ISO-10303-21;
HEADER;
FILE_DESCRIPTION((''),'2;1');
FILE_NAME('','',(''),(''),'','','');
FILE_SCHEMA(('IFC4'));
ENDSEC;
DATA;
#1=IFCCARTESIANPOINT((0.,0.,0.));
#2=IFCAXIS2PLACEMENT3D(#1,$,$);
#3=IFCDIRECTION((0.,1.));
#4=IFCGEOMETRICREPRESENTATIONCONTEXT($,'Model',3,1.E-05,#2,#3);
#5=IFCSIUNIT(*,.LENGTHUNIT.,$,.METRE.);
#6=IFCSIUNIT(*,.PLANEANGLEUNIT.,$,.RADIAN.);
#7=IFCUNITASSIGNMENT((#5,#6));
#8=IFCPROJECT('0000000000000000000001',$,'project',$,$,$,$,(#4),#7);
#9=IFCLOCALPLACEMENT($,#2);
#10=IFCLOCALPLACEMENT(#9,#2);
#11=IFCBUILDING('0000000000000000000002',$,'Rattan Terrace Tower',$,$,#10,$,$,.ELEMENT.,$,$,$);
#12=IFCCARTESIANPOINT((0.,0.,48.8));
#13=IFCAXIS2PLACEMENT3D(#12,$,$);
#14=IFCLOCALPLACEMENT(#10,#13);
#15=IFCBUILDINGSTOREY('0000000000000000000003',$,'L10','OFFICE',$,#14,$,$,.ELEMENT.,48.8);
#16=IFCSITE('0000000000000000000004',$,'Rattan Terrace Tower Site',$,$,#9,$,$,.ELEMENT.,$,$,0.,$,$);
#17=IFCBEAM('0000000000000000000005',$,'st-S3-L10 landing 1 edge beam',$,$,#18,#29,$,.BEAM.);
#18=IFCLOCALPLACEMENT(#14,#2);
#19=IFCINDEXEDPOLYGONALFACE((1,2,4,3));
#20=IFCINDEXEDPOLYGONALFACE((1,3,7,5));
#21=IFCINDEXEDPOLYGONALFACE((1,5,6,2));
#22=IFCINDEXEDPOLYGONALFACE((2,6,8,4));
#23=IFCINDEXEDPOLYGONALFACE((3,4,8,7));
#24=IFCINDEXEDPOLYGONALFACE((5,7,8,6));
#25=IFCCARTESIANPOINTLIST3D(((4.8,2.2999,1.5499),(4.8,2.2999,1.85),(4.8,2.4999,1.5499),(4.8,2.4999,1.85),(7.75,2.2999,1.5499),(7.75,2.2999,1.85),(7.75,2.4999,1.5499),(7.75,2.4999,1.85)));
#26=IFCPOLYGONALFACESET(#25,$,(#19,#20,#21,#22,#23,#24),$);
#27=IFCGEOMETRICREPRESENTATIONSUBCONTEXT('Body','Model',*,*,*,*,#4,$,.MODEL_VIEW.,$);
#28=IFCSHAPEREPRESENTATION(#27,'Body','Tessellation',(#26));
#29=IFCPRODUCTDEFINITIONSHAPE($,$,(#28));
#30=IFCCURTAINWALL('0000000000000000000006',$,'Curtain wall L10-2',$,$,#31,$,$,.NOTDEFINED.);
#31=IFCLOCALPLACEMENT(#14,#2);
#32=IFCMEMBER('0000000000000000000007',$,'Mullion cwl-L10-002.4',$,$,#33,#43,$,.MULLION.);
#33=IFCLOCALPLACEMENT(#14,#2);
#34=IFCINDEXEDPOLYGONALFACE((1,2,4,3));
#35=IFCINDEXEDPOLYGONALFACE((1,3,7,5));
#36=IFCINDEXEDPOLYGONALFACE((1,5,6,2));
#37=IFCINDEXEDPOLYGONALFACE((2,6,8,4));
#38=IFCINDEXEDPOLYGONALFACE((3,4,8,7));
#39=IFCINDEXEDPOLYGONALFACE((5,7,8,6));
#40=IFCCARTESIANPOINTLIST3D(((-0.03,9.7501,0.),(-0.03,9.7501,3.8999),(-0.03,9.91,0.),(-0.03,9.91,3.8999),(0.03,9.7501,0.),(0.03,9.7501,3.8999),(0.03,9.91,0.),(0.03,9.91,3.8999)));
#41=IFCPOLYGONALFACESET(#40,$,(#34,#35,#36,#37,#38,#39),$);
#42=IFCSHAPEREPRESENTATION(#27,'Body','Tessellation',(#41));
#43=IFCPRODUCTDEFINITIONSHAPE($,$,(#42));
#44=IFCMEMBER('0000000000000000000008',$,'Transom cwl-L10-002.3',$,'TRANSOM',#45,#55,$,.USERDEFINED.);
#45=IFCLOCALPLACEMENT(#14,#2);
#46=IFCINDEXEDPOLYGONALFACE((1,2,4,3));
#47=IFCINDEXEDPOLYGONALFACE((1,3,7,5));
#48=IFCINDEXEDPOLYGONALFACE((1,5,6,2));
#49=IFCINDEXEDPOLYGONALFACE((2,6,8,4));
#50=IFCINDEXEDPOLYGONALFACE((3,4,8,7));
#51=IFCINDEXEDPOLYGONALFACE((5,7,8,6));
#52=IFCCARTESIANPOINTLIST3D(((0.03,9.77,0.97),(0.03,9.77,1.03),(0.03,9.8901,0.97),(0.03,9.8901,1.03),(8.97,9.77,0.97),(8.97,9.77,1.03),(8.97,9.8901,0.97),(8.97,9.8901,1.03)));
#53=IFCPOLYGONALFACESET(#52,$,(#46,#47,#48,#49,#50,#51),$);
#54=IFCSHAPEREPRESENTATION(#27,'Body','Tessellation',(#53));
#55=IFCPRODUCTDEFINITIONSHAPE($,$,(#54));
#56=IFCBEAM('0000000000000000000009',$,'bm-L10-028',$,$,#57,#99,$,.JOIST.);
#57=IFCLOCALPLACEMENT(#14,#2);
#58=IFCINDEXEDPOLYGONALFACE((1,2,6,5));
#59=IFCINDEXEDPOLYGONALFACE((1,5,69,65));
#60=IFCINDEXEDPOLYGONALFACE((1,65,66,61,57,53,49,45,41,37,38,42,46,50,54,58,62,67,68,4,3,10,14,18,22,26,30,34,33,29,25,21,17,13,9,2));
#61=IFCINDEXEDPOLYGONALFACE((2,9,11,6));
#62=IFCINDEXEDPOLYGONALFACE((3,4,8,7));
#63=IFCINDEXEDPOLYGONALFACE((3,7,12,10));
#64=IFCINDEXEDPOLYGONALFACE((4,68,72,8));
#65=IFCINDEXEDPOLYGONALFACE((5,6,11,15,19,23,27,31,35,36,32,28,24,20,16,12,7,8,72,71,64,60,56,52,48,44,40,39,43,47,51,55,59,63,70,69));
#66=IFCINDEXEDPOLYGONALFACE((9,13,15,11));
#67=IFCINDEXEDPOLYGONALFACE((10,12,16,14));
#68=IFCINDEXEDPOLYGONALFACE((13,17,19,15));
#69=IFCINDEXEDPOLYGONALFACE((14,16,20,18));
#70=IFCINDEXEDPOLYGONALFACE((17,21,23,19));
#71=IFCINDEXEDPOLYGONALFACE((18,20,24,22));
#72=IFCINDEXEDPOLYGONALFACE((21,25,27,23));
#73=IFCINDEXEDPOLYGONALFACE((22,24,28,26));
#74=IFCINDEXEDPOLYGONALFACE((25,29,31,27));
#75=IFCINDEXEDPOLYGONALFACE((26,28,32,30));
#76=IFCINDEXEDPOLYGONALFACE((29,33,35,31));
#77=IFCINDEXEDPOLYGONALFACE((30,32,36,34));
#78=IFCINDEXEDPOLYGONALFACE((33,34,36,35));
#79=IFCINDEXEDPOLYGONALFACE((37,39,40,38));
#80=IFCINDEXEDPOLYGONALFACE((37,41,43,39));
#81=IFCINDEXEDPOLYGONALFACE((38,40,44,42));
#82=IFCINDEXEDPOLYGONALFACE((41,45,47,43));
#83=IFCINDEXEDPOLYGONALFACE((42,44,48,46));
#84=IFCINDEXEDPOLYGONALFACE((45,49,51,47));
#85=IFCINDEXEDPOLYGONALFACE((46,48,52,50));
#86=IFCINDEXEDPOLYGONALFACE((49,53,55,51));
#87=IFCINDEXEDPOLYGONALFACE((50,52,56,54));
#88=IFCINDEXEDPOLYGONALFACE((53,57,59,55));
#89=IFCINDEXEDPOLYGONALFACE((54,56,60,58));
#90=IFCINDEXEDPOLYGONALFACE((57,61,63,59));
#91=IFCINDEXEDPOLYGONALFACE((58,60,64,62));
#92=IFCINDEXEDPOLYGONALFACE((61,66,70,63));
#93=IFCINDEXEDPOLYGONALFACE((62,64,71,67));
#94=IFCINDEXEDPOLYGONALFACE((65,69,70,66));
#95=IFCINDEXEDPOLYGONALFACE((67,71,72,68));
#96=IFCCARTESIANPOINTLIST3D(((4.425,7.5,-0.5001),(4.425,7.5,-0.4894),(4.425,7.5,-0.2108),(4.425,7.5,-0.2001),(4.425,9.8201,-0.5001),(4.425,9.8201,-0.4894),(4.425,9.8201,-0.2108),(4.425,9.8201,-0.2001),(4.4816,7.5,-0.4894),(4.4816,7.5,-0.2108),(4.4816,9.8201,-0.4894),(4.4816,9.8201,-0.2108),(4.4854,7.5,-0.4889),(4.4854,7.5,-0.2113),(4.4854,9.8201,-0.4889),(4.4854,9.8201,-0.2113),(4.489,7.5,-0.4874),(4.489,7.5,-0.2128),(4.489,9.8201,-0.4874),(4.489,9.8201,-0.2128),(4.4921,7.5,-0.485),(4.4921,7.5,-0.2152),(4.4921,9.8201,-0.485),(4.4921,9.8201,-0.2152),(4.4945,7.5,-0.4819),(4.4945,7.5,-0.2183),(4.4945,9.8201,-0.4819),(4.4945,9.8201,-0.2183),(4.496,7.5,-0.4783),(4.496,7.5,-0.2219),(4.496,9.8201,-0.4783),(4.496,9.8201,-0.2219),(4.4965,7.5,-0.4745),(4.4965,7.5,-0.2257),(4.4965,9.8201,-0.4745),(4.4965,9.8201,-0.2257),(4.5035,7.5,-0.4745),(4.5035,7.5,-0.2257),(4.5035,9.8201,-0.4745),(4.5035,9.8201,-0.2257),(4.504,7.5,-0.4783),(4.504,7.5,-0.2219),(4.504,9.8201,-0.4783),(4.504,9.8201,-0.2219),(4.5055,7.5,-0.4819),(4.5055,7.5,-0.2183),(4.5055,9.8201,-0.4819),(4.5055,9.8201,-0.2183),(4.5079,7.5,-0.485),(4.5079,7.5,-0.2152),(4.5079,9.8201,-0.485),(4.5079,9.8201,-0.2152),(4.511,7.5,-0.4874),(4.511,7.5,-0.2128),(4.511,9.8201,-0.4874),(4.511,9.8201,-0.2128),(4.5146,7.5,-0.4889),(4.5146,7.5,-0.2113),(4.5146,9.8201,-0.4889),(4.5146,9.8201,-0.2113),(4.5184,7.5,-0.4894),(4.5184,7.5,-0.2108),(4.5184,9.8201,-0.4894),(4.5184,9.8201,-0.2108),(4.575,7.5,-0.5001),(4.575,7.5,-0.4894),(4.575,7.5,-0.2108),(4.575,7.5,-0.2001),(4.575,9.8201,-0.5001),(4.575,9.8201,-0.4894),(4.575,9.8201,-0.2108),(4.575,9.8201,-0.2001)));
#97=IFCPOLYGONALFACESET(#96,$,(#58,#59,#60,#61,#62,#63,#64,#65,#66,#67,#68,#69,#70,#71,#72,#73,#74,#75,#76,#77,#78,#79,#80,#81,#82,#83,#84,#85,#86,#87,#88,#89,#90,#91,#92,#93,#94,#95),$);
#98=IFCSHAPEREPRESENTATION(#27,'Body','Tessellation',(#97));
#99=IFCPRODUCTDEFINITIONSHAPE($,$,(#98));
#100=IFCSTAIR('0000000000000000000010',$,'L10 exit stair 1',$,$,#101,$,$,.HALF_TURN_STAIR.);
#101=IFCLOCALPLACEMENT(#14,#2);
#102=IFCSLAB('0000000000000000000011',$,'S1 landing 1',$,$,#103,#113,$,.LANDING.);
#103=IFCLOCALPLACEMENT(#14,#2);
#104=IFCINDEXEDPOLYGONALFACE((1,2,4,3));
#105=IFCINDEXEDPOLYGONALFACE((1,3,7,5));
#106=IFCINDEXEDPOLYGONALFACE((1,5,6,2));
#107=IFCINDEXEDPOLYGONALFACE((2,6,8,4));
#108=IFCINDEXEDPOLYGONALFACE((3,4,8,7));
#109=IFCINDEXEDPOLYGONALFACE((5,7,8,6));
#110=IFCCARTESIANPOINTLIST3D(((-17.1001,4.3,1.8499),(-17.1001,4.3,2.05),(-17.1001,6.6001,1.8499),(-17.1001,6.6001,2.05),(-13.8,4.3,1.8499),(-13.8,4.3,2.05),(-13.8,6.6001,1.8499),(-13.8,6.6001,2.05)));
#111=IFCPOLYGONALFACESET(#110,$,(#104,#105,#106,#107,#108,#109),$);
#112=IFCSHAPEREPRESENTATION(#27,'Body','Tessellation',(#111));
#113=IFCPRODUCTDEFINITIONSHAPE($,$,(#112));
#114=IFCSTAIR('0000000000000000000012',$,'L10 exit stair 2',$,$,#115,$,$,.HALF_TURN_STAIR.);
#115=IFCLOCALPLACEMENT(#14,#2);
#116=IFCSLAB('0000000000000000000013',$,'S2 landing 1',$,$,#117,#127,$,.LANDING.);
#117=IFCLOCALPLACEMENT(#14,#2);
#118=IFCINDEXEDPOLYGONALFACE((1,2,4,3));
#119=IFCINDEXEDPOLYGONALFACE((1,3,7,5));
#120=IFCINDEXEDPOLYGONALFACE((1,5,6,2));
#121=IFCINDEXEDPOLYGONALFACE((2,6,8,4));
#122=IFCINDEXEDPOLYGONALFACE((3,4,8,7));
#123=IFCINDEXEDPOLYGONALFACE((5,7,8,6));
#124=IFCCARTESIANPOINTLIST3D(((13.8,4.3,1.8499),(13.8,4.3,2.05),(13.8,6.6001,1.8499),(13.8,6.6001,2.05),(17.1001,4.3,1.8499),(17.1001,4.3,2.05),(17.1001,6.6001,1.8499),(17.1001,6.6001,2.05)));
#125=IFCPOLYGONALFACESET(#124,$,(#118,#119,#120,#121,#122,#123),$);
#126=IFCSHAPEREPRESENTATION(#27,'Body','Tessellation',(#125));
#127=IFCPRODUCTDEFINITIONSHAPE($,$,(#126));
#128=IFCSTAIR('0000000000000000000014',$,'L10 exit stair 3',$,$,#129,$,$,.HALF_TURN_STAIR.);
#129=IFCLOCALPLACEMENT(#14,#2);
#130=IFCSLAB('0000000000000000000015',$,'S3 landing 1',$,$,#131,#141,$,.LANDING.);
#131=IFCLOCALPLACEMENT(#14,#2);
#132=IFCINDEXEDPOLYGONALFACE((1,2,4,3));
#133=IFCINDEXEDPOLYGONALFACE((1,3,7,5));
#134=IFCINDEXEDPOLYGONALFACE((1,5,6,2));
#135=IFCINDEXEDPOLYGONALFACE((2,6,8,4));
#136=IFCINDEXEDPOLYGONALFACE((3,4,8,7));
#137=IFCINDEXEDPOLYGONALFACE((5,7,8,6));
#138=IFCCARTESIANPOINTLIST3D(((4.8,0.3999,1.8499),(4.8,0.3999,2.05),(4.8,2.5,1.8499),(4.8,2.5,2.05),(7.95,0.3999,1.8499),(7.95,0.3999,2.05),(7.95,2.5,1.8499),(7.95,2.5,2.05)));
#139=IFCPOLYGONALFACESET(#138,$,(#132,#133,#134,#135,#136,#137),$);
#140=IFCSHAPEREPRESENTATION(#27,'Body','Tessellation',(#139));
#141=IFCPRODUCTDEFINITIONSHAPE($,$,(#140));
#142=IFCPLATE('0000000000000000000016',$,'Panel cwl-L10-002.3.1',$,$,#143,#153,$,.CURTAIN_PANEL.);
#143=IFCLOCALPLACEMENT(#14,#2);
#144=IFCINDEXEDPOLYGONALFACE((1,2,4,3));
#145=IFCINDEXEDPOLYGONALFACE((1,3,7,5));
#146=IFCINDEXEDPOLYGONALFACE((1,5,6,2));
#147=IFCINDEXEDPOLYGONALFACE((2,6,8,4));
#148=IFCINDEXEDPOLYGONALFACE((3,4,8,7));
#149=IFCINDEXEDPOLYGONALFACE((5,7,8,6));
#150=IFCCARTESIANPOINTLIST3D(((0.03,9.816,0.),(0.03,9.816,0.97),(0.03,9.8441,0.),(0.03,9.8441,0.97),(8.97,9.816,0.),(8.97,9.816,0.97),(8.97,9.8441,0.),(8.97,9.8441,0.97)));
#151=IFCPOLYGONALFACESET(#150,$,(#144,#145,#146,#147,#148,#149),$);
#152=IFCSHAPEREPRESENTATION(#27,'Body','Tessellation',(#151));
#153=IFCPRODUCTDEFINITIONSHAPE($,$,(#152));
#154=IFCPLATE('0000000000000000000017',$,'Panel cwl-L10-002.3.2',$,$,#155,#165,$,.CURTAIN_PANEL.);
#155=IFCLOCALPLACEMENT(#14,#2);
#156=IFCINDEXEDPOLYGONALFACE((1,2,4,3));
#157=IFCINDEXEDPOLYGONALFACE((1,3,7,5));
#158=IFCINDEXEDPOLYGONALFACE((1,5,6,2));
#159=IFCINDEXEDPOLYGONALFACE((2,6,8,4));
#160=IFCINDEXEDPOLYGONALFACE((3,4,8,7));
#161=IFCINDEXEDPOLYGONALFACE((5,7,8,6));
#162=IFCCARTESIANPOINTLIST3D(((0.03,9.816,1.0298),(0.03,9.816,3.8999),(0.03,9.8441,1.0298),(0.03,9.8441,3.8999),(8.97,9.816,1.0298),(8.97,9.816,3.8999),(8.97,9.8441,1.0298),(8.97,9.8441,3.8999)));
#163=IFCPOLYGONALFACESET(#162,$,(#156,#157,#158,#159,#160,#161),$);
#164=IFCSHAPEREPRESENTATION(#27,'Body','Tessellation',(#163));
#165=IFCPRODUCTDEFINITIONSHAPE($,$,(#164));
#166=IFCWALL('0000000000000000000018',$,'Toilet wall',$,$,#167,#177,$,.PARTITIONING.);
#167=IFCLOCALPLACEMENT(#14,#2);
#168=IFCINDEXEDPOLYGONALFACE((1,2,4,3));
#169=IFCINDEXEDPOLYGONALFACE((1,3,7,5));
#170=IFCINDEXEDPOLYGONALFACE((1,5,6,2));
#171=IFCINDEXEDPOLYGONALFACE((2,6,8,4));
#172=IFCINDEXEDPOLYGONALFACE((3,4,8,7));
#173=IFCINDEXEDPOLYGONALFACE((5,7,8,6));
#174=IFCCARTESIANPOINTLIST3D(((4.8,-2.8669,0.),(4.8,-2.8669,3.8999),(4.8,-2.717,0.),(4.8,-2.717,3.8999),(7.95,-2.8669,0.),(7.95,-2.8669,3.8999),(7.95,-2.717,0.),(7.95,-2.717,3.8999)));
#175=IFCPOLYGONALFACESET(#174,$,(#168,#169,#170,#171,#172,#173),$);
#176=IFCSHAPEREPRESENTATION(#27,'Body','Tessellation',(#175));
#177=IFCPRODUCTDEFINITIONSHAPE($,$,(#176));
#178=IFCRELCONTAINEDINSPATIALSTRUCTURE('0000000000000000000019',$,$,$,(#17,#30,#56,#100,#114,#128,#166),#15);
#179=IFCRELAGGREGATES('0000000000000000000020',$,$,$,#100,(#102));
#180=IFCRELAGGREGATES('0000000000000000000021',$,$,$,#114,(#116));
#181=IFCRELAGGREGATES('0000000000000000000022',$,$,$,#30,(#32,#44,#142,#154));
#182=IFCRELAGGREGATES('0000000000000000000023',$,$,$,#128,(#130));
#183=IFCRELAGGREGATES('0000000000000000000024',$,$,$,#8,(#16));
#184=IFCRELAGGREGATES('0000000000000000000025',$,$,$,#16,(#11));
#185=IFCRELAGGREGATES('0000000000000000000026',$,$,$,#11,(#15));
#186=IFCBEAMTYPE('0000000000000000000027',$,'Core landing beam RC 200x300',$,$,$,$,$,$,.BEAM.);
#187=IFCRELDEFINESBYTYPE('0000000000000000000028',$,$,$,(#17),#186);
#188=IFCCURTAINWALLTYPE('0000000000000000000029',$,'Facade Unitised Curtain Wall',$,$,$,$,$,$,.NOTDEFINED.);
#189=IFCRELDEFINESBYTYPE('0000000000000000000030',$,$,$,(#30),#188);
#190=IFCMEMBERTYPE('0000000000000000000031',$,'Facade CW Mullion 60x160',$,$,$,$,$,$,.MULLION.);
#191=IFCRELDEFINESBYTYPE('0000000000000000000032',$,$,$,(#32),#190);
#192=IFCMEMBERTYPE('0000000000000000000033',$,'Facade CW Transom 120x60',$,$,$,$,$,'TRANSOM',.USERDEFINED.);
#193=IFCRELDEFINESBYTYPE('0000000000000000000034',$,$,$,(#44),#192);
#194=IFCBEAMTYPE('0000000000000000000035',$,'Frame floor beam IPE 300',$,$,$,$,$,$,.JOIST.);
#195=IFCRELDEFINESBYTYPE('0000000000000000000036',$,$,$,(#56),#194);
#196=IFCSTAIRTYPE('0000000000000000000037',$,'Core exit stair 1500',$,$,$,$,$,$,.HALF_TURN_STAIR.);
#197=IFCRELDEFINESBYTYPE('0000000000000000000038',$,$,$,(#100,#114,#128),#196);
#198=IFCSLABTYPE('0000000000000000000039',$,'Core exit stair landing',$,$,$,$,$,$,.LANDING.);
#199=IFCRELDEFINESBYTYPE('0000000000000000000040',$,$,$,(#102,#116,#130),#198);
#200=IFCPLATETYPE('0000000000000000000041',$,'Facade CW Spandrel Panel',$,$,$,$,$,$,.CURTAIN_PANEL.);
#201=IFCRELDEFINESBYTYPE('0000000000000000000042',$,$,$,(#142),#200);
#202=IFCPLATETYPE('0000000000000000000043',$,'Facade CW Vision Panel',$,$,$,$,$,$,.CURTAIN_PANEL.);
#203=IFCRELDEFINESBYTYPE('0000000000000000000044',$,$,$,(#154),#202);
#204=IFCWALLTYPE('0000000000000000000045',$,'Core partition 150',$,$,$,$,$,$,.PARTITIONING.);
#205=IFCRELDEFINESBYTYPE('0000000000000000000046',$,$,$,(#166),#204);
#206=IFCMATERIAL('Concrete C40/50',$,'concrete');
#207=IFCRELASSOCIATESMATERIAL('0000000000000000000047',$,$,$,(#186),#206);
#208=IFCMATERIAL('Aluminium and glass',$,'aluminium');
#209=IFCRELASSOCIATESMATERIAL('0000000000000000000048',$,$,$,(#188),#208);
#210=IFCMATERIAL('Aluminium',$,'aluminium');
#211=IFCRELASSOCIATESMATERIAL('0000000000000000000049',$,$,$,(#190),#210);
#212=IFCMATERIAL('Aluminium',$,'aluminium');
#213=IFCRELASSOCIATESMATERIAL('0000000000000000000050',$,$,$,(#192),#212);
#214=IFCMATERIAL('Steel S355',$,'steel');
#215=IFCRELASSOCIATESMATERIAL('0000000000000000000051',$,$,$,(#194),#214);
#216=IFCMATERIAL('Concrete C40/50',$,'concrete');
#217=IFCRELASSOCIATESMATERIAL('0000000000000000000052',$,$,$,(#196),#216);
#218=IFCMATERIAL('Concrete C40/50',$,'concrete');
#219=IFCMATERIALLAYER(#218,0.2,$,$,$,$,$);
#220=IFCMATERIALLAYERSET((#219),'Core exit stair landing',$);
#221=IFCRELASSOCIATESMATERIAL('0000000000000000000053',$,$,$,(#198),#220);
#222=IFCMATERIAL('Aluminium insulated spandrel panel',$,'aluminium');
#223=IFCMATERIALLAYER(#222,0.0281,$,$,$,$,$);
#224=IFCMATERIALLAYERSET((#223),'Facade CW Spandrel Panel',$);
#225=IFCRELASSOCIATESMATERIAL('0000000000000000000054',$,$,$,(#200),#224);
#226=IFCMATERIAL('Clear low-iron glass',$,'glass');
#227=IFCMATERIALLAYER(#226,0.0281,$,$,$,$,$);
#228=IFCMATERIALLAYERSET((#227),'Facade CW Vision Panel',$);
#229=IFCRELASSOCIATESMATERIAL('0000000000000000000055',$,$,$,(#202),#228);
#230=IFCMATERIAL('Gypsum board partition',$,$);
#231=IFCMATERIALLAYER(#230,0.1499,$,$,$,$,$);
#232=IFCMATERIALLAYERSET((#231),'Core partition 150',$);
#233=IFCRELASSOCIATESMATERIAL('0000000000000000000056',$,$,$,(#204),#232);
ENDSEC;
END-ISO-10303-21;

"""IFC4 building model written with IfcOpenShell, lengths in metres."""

from ifc_helpers import new_model, si_unit, direction, frame, frame_2d, origin, origin_2d, place, context, subcontext, project, spatial, polyline, rectangle, i_section, outline, extrude, material, layer, layer_set, material_profile, profile_set, type_object, element, aggregate, save


model = new_model("IFC4")

# Units and contexts
model_context = context("Model", 3, precision=1e-05, world=origin(), true_north=direction((0.0, 1.0)))
body_context = subcontext(model_context, "Body", "Model", "MODEL_VIEW")
ifc_project = project(units=[si_unit("LENGTHUNIT", "METRE"), si_unit("PLANEANGLEUNIT", "RADIAN")], contexts=[model_context])

# Site, building, storey
site_placement = place(None, origin())
site = spatial("IfcSite", under=ifc_project, at=site_placement, Name="Rattan Terrace Tower Site", CompositionType="ELEMENT", RefElevation=0.0)
building_placement = place(site_placement, origin())
building = spatial("IfcBuilding", under=site, at=building_placement, Name="Rattan Terrace Tower", CompositionType="ELEMENT")
storey_placement = place(building_placement, frame((0.0, 0.0, 48.8)))
storey = spatial("IfcBuildingStorey", under=building, at=storey_placement, Name="L10", Description="OFFICE", CompositionType="ELEMENT", Elevation=48.8)

# Beam
ifc_material_1 = material(Name="Concrete C40/50", Category="concrete")
ifc_material_profile_1 = material_profile(ifc_material_1, rectangle(XDim=0.2, YDim=0.3, at=origin_2d()), Name="RC 200x300")
ifc_profile_set_1 = profile_set([ifc_material_profile_1], Name="Concrete C40/50")
beam_type_1 = type_object("IfcBeamType", Name="Core landing beam RC 200x300", PredefinedType="BEAM", material=ifc_profile_set_1)
beam_1_placement = place(storey_placement, frame((4.8, 2.3999, 1.7), z_axis=(1.0, 0.0, 0.0), x_axis=(0.0, 1.0, 0.0)))
element("IfcBeam", 1, at=beam_1_placement, inside=storey, type_object=beam_type_1, Name="st-S3-L10 landing 1 edge beam", PredefinedType="BEAM", context=body_context, shape_type="SweptSolid", body=[
    extrude(rectangle(XDim=0.2, YDim=0.3, at=origin_2d()), origin(), (0.0, 0.0, 1.0), 2.95),
])

# Curtain wall, members
ifc_material_2 = material(Name="Aluminium and glass", Category="aluminium")
curtain_wall_type = type_object("IfcCurtainWallType", Name="Facade Unitised Curtain Wall", PredefinedType="NOTDEFINED", material=ifc_material_2)
curtain_wall_placement = place(storey_placement, origin())
curtain_wall = element("IfcCurtainWall", 2, at=curtain_wall_placement, inside=storey, type_object=curtain_wall_type, Name="Curtain wall L10-2", PredefinedType="NOTDEFINED")
ifc_material_3 = material(Name="Aluminium", Category="aluminium")
ifc_material_profile_2 = material_profile(ifc_material_3, rectangle(XDim=0.0601, YDim=0.1599, at=origin_2d()), Name="Aluminium 60x160")
ifc_profile_set_2 = profile_set([ifc_material_profile_2], Name="Aluminium")
member_type_1 = type_object("IfcMemberType", Name="Facade CW Mullion 60x160", PredefinedType="MULLION", material=ifc_profile_set_2)
member_1_placement = place(storey_placement, frame((0.0, 9.8301, 0.0), z_axis=(0.0, 0.0, 1.0), x_axis=(-1.0, 0.0, 0.0)))
member_1 = element("IfcMember", 3, at=member_1_placement, type_object=member_type_1, Name="Mullion cwl-L10-002.4", PredefinedType="MULLION", context=body_context, shape_type="SweptSolid", body=[
    extrude(rectangle(XDim=0.0601, YDim=0.1599, at=origin_2d()), origin(), (0.0, 0.0, 1.0), 3.8999),
])
ifc_material_4 = material(Name="Aluminium", Category="aluminium")
ifc_material_profile_3 = material_profile(ifc_material_4, rectangle(XDim=0.1201, YDim=0.0601, at=origin_2d()), Name="Aluminium 120x60")
ifc_profile_set_3 = profile_set([ifc_material_profile_3], Name="Aluminium")
member_type_2 = type_object("IfcMemberType", Name="Facade CW Transom 120x60", ElementType="TRANSOM", PredefinedType="USERDEFINED", material=ifc_profile_set_3)
member_2_placement = place(storey_placement, frame((8.97, 9.8301, 1.0), z_axis=(-1.0, 0.0, 0.0), x_axis=(0.0, -1.0, 0.0)))
member_2 = element("IfcMember", 4, at=member_2_placement, type_object=member_type_2, Name="Transom cwl-L10-002.3", ObjectType="TRANSOM", PredefinedType="USERDEFINED", context=body_context, shape_type="SweptSolid", body=[
    extrude(rectangle(XDim=0.1201, YDim=0.0601, at=origin_2d()), origin(), (0.0, 0.0, 1.0), 8.9399),
])

# Beam
ifc_material_5 = material(Name="Steel S355", Category="steel")
ifc_material_profile_4 = material_profile(ifc_material_5, i_section(OverallWidth=0.1499, OverallDepth=0.3, WebThickness=0.0071, FlangeThickness=0.0107, FilletRadius=0.0149, at=origin_2d()), Name="IPE 300")
ifc_profile_set_4 = profile_set([ifc_material_profile_4], Name="Steel S355")
beam_type_2 = type_object("IfcBeamType", Name="Frame floor beam IPE 300", PredefinedType="JOIST", material=ifc_profile_set_4)
beam_2_placement = place(storey_placement, frame((4.5, 7.5, -0.3501), z_axis=(0.0, 1.0, 0.0), x_axis=(-1.0, 0.0, 0.0)))
element("IfcBeam", 5, at=beam_2_placement, inside=storey, type_object=beam_type_2, Name="bm-L10-028", PredefinedType="JOIST", context=body_context, shape_type="SweptSolid", body=[
    extrude(i_section(OverallWidth=0.1499, OverallDepth=0.3, WebThickness=0.0071, FlangeThickness=0.0107, FilletRadius=0.0149, at=origin_2d()), origin(), (0.0, 0.0, 1.0), 2.3201),
])

# Stairs, slabs
ifc_material_6 = material(Name="Concrete C40/50", Category="concrete")
stair_type = type_object("IfcStairType", Name="Core exit stair 1500", PredefinedType="HALF_TURN_STAIR", material=ifc_material_6)
stair_1_placement = place(storey_placement, origin())
stair_1 = element("IfcStair", 6, at=stair_1_placement, inside=storey, type_object=stair_type, Name="L10 exit stair 1", PredefinedType="HALF_TURN_STAIR")
ifc_material_7 = material(Name="Concrete C40/50", Category="concrete")
ifc_layer_1 = layer(ifc_material_7, 0.2)
ifc_layer_set_1 = layer_set([ifc_layer_1], Name="Core exit stair landing")
slab_type = type_object("IfcSlabType", Name="Core exit stair landing", PredefinedType="LANDING", material=ifc_layer_set_1)
slab_1_placement = place(storey_placement, frame((0.0, 0.0, 1.8499)))
slab_1 = element("IfcSlab", 7, at=slab_1_placement, type_object=slab_type, Name="S1 landing 1", PredefinedType="LANDING", context=body_context, shape_type="SweptSolid", body=[
    extrude(outline(polyline([(-13.8, 4.3), (-13.8, 6.6001), (-17.1001, 6.6001), (-17.1001, 4.3), (-13.8, 4.3)])), origin(), (0.0, 0.0, 1.0), 0.2002),
])
aggregate(stair_1, [slab_1])
stair_2_placement = place(storey_placement, origin())
stair_2 = element("IfcStair", 8, at=stair_2_placement, inside=storey, type_object=stair_type, Name="L10 exit stair 2", PredefinedType="HALF_TURN_STAIR")
slab_2_placement = place(storey_placement, frame((0.0, 0.0, 1.8499)))
slab_2 = element("IfcSlab", 9, at=slab_2_placement, type_object=slab_type, Name="S2 landing 1", PredefinedType="LANDING", context=body_context, shape_type="SweptSolid", body=[
    extrude(outline(polyline([(17.1001, 4.3), (17.1001, 6.6001), (13.8, 6.6001), (13.8, 4.3), (17.1001, 4.3)])), origin(), (0.0, 0.0, 1.0), 0.2002),
])
aggregate(stair_2, [slab_2])
stair_3_placement = place(storey_placement, origin())
stair_3 = element("IfcStair", 10, at=stair_3_placement, inside=storey, type_object=stair_type, Name="L10 exit stair 3", PredefinedType="HALF_TURN_STAIR")
slab_3_placement = place(storey_placement, frame((0.0, 0.0, 1.8499)))
slab_3 = element("IfcSlab", 11, at=slab_3_placement, type_object=slab_type, Name="S3 landing 1", PredefinedType="LANDING", context=body_context, shape_type="SweptSolid", body=[
    extrude(outline(polyline([(4.8, 2.5), (4.8, 0.3999), (7.95, 0.3999), (7.95, 2.5), (4.8, 2.5)])), origin(), (0.0, 0.0, 1.0), 0.2002),
])

# Plates
ifc_material_8 = material(Name="Aluminium insulated spandrel panel", Category="aluminium")
ifc_layer_2 = layer(ifc_material_8, 0.0281)
ifc_layer_set_2 = layer_set([ifc_layer_2], Name="Facade CW Spandrel Panel")
plate_type_1 = type_object("IfcPlateType", Name="Facade CW Spandrel Panel", PredefinedType="CURTAIN_PANEL", material=ifc_layer_set_2)
plate_1_placement = place(storey_placement, frame((4.5, 9.8301, 0.0), z_axis=(0.0, 0.0, 1.0), x_axis=(-1.0, 0.0, 0.0)))
plate_1 = element("IfcPlate", 12, at=plate_1_placement, type_object=plate_type_1, Name="Panel cwl-L10-002.3.1", PredefinedType="CURTAIN_PANEL", context=body_context, shape_type="SweptSolid", body=[
    extrude(rectangle(XDim=8.9399, YDim=0.0281, at=origin_2d()), origin(), (0.0, 0.0, 1.0), 0.97),
])
ifc_material_9 = material(Name="Clear low-iron glass", Category="glass")
ifc_layer_3 = layer(ifc_material_9, 0.0281)
ifc_layer_set_3 = layer_set([ifc_layer_3], Name="Facade CW Vision Panel")
plate_type_2 = type_object("IfcPlateType", Name="Facade CW Vision Panel", PredefinedType="CURTAIN_PANEL", material=ifc_layer_set_3)
plate_2_placement = place(storey_placement, frame((4.5, 9.8301, 1.0298), z_axis=(0.0, 0.0, 1.0), x_axis=(-1.0, 0.0, 0.0)))
plate_2 = element("IfcPlate", 13, at=plate_2_placement, type_object=plate_type_2, Name="Panel cwl-L10-002.3.2", PredefinedType="CURTAIN_PANEL", context=body_context, shape_type="SweptSolid", body=[
    extrude(rectangle(XDim=8.9399, YDim=0.0281, at=origin_2d()), origin(), (0.0, 0.0, 1.0), 2.8701),
])
aggregate(curtain_wall, [member_1, member_2, plate_1, plate_2])

# Wall
ifc_material_10 = material(Name="Gypsum board partition")
ifc_layer_4 = layer(ifc_material_10, 0.1499)
ifc_layer_set_4 = layer_set([ifc_layer_4], Name="Core partition 150")
wall_type_1 = type_object("IfcWallType", Name="Core partition 150", PredefinedType="PARTITIONING", material=ifc_layer_set_4)
wall_1_placement = place(storey_placement, frame((4.8, -2.792, 0.0), z_axis=(0.0, 0.0, 1.0), x_axis=(1.0, 0.0, 0.0)))
element("IfcWall", 14, at=wall_1_placement, inside=storey, type_object=wall_type_1, Name="Toilet wall", PredefinedType="PARTITIONING", context=body_context, shape_type="SweptSolid", body=[
    extrude(rectangle(XDim=3.1499, YDim=0.1499, at=frame_2d((1.575, 0.0))), origin(), (0.0, 0.0, 1.0), 3.8999),
])

aggregate(stair_3, [slab_3])

save(model, "model.ifc")
